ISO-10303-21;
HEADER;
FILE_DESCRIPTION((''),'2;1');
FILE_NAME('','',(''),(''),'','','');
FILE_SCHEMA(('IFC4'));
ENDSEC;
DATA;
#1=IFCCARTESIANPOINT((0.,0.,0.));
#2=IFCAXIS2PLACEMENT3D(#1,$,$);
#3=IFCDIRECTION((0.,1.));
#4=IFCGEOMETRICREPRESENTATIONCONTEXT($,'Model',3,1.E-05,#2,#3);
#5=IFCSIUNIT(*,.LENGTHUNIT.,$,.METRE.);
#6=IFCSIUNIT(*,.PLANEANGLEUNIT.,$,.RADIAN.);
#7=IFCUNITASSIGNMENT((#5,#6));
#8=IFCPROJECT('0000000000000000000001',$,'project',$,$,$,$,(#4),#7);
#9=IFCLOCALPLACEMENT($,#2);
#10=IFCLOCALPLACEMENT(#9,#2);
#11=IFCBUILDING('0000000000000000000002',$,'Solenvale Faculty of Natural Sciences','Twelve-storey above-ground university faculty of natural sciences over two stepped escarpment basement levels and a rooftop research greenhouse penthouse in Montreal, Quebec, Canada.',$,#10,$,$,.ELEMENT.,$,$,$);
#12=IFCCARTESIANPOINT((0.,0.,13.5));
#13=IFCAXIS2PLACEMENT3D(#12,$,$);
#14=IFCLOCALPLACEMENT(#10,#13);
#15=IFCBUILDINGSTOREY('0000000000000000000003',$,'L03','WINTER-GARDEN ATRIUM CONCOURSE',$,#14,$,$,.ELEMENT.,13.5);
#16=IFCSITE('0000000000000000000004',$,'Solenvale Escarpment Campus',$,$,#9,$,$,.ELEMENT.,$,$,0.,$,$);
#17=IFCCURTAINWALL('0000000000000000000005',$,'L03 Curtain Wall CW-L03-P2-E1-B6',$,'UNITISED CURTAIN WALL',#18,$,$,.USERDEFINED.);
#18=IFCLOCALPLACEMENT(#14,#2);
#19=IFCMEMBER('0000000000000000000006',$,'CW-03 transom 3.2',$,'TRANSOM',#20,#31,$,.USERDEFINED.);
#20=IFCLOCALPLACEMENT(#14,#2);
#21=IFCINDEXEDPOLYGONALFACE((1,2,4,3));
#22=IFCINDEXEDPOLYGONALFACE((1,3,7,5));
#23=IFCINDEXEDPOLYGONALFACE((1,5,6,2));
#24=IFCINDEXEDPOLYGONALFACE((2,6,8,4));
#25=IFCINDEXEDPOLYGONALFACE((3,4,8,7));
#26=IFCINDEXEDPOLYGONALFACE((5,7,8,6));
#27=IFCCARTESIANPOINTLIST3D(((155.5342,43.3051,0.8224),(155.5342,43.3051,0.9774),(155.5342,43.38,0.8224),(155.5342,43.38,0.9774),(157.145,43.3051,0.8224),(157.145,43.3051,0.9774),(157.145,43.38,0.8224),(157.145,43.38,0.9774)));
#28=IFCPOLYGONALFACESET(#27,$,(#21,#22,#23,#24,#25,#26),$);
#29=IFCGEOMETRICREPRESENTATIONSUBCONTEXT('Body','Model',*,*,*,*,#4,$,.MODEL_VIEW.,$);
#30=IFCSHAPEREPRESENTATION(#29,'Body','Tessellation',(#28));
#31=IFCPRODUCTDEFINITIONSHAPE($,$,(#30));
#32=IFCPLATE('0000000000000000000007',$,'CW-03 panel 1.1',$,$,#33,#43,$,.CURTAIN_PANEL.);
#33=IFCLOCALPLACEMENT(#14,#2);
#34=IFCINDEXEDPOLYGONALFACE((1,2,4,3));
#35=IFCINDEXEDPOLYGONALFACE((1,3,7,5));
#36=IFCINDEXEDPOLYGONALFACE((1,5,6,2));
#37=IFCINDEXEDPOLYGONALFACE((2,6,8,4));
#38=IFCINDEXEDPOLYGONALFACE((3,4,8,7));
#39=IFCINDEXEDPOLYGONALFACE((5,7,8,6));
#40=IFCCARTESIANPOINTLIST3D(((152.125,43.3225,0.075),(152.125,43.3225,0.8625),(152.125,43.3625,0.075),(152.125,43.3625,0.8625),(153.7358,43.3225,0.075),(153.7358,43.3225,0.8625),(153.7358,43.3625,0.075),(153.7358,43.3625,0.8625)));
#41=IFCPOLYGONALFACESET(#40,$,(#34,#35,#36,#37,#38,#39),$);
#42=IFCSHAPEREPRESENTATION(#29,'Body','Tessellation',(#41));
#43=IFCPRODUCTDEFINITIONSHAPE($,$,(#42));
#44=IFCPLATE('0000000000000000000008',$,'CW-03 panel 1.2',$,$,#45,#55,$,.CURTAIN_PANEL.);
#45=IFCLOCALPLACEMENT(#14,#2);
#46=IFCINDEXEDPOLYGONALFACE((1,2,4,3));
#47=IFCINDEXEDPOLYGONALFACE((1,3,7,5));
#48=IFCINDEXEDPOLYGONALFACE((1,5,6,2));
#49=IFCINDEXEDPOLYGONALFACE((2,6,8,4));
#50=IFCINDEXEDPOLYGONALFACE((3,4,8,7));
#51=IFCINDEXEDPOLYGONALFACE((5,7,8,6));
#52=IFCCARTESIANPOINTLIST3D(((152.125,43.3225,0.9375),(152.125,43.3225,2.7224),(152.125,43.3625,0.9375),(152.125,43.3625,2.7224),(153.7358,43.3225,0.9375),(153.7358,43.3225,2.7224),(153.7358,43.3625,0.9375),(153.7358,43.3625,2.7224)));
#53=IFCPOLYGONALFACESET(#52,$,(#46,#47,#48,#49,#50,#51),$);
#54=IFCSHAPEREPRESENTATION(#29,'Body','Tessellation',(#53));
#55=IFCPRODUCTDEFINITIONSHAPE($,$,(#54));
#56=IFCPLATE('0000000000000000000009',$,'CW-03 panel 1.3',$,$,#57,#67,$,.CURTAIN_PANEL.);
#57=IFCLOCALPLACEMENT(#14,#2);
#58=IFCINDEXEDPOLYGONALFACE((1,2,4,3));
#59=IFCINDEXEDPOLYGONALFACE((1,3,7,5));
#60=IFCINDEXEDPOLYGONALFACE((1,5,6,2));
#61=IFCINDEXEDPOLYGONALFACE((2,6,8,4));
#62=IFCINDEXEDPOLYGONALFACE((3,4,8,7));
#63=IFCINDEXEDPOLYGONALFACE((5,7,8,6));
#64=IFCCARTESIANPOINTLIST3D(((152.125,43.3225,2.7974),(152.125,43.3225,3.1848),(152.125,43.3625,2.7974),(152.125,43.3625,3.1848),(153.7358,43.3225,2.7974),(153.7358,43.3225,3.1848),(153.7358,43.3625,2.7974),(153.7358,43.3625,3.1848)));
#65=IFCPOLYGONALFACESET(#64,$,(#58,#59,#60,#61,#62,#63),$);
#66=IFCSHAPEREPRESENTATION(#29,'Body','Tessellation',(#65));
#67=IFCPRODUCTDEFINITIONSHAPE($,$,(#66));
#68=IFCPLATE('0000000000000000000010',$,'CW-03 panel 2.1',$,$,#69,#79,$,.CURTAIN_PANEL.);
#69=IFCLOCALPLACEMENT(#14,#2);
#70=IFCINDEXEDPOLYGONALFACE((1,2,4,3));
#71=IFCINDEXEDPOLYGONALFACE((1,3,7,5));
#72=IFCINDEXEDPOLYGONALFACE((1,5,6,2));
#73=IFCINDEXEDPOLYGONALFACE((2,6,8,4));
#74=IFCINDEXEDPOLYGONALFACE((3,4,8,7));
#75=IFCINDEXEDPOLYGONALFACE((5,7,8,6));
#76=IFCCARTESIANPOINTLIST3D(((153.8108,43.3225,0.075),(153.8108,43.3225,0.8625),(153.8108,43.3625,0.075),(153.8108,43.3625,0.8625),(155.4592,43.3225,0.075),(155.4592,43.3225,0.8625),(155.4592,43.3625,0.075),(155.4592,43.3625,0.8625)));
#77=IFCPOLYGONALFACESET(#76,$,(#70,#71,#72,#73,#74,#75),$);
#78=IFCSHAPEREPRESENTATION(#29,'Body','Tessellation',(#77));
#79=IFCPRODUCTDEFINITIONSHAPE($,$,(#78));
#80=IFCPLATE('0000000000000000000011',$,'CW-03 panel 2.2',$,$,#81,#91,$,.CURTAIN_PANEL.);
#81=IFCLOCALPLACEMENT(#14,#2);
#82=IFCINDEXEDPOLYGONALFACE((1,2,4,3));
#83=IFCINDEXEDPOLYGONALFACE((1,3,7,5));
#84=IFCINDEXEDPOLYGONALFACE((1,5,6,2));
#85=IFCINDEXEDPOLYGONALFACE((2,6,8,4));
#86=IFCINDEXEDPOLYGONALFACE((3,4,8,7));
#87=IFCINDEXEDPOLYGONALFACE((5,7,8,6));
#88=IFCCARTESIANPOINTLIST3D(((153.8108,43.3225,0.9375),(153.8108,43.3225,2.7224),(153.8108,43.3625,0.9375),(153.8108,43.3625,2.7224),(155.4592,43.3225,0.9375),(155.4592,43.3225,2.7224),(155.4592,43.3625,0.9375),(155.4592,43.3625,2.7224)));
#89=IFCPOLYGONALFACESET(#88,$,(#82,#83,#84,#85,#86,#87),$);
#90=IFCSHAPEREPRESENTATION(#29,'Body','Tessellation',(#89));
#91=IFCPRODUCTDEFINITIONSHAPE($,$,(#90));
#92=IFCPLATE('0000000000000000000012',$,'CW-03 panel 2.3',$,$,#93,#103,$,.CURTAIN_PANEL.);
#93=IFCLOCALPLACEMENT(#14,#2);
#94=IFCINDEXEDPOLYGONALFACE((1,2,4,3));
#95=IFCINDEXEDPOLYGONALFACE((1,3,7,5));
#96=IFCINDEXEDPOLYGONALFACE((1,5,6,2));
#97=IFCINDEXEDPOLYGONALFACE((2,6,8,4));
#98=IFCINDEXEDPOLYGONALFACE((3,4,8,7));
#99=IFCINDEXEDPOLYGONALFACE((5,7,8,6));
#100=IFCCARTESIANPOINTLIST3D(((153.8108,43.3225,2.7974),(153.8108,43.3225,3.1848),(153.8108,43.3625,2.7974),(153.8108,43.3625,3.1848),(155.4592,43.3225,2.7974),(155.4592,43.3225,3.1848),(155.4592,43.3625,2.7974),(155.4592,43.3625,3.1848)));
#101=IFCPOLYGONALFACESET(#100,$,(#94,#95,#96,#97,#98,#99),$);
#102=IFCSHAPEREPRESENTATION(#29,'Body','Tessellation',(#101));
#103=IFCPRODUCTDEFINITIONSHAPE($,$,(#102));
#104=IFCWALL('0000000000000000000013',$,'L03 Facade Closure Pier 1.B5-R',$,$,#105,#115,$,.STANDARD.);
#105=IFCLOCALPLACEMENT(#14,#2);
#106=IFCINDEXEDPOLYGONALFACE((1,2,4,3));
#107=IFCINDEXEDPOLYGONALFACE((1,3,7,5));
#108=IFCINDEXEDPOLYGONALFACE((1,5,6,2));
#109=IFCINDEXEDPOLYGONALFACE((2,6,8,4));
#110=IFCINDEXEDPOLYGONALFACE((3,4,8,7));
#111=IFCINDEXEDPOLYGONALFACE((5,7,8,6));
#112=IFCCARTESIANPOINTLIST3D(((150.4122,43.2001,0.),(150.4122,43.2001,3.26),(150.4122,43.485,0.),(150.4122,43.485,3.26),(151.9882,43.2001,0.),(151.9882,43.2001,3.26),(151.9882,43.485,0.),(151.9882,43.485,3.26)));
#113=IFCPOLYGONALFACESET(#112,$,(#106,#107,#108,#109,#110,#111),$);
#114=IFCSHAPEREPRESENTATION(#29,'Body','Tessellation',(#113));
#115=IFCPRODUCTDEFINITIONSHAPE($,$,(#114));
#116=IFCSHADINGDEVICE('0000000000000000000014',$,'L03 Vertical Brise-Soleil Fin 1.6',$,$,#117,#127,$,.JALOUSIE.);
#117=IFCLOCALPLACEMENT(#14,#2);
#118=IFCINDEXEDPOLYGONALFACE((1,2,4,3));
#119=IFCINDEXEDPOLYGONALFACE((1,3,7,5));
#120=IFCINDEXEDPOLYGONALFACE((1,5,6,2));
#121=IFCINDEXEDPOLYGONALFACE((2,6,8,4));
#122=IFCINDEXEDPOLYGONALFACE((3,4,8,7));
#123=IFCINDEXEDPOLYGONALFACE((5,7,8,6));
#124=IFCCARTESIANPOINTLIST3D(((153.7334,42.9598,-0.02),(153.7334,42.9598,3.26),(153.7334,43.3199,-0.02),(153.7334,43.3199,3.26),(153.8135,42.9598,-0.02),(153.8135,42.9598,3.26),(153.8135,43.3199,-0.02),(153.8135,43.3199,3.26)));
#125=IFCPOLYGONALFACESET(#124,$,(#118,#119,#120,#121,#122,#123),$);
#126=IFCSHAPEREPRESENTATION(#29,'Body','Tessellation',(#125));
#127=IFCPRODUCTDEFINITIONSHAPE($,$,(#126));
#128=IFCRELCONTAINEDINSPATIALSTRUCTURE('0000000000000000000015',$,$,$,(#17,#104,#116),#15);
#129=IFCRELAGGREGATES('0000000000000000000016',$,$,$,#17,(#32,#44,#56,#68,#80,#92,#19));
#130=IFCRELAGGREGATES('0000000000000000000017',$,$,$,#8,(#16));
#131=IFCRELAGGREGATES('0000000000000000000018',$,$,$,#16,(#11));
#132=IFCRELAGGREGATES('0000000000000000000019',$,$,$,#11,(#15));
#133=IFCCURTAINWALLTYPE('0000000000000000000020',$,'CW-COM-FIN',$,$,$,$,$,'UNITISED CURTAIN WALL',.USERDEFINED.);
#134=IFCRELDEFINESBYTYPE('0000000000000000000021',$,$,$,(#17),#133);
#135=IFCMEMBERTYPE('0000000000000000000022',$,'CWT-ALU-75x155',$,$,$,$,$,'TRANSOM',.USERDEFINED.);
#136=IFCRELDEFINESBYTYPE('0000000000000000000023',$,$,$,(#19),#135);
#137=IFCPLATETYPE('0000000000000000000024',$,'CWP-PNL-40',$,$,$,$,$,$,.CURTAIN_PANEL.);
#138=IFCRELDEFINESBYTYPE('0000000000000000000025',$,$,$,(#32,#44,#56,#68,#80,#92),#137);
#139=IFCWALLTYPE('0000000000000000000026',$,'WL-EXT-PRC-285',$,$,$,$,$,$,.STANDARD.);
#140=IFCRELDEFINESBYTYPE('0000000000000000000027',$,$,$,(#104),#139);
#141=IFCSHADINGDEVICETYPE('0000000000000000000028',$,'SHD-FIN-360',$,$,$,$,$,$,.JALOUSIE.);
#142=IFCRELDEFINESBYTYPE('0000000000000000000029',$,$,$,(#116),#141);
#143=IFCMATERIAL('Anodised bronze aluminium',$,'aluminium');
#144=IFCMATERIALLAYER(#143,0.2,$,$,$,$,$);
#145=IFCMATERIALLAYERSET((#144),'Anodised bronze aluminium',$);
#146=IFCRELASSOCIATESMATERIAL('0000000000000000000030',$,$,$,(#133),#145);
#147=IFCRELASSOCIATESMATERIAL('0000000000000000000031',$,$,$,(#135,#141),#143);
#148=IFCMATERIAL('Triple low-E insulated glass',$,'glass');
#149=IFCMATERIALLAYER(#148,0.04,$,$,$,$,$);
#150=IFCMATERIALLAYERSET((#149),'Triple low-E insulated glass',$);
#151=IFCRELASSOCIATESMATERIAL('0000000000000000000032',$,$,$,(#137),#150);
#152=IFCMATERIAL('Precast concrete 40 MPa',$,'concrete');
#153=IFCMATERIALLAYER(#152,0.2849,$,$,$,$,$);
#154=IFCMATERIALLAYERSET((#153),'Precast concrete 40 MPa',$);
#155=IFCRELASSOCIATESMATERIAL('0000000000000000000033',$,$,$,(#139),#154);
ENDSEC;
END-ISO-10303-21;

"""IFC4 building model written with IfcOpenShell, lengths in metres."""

from ifc_helpers import new_model, si_unit, direction, frame, frame_2d, origin, origin_2d, place, context, subcontext, project, spatial, rectangle, extrude, material, layer, layer_set, material_profile, profile_set, type_object, element, aggregate, save


model = new_model("IFC4")

# Units and contexts
model_context = context("Model", 3, precision=1e-05, world=origin(), true_north=direction((0.0, 1.0)))
body_context = subcontext(model_context, "Body", "Model", "MODEL_VIEW")
ifc_project = project(units=[si_unit("LENGTHUNIT", "METRE"), si_unit("PLANEANGLEUNIT", "RADIAN")], contexts=[model_context])

# Site, building, storey
site_placement = place(None, origin())
site = spatial("IfcSite", under=ifc_project, at=site_placement, Name="Solenvale Escarpment Campus", CompositionType="ELEMENT", RefElevation=0.0)
building_placement = place(site_placement, origin())
building = spatial("IfcBuilding", under=site, at=building_placement, Name="Solenvale Faculty of Natural Sciences", Description="Twelve-storey above-ground university faculty of natural sciences over two stepped escarpment basement levels and a rooftop research greenhouse penthouse in Montreal, Quebec, Canada.", CompositionType="ELEMENT")
storey_placement = place(building_placement, frame((0.0, 0.0, 13.5)))
storey = spatial("IfcBuildingStorey", under=building, at=storey_placement, Name="L03", Description="WINTER-GARDEN ATRIUM CONCOURSE", CompositionType="ELEMENT", Elevation=13.5)

# Shared definitions
ifc_material_1 = material(Name="Anodised bronze aluminium", Category="aluminium")
ifc_layer_1 = layer(ifc_material_1, 0.2)
ifc_layer_set_1 = layer_set([ifc_layer_1], Name="Anodised bronze aluminium")
curtain_wall_type = type_object("IfcCurtainWallType", Name="CW-COM-FIN", ElementType="UNITISED CURTAIN WALL", PredefinedType="USERDEFINED", material=ifc_layer_set_1)

# Curtain wall, member, plates
curtain_wall_1_placement = place(storey_placement, origin())
curtain_wall_1 = element("IfcCurtainWall", 1, at=curtain_wall_1_placement, inside=storey, type_object=curtain_wall_type, Name="L03 Curtain Wall CW-L03-P2-E1-B6", ObjectType="UNITISED CURTAIN WALL", PredefinedType="USERDEFINED")
ifc_material_profile_1 = material_profile(ifc_material_1, rectangle(XDim=0.075, YDim=0.155, at=origin_2d()), Name="ALU-TRN-75x155")
ifc_profile_set_1 = profile_set([ifc_material_profile_1], Name="Anodised bronze aluminium")
member_type_1 = type_object("IfcMemberType", Name="CWT-ALU-75x155", ElementType="TRANSOM", PredefinedType="USERDEFINED", material=ifc_profile_set_1)
member_1_placement = place(storey_placement, frame((155.5342, 43.3425, 0.8999), z_axis=(1.0, 0.0, 0.0), x_axis=(0.0, 1.0, 0.0)))
member_1 = element("IfcMember", 2, at=member_1_placement, type_object=member_type_1, Name="CW-03 transom 3.2", ObjectType="TRANSOM", PredefinedType="USERDEFINED", context=body_context, shape_type="SweptSolid", body=[
    extrude(rectangle(XDim=0.075, YDim=0.155, at=origin_2d()), origin(), (0.0, 0.0, 1.0), 1.6108),
])
ifc_material_2 = material(Name="Triple low-E insulated glass", Category="glass")
ifc_layer_2 = layer(ifc_material_2, 0.04)
ifc_layer_set_2 = layer_set([ifc_layer_2], Name="Triple low-E insulated glass")
plate_type = type_object("IfcPlateType", Name="CWP-PNL-40", PredefinedType="CURTAIN_PANEL", material=ifc_layer_set_2)
plate_1_placement = place(storey_placement, frame((152.9304, 43.3425, 0.075), z_axis=(0.0, 0.0, 1.0), x_axis=(1.0, 0.0, 0.0)))
plate_1 = element("IfcPlate", 3, at=plate_1_placement, type_object=plate_type, Name="CW-03 panel 1.1", PredefinedType="CURTAIN_PANEL", context=body_context, shape_type="SweptSolid", body=[
    extrude(rectangle(XDim=1.6108, YDim=0.04, at=origin_2d()), origin(), (0.0, 0.0, 1.0), 0.7876),
])
plate_2_placement = place(storey_placement, frame((152.9304, 43.3425, 0.9375), z_axis=(0.0, 0.0, 1.0), x_axis=(1.0, 0.0, 0.0)))
plate_2 = element("IfcPlate", 4, at=plate_2_placement, type_object=plate_type, Name="CW-03 panel 1.2", PredefinedType="CURTAIN_PANEL", context=body_context, shape_type="SweptSolid", body=[
    extrude(rectangle(XDim=1.6108, YDim=0.04, at=origin_2d()), origin(), (0.0, 0.0, 1.0), 1.7849),
])
plate_3_placement = place(storey_placement, frame((152.9304, 43.3425, 2.7974), z_axis=(0.0, 0.0, 1.0), x_axis=(1.0, 0.0, 0.0)))
plate_3 = element("IfcPlate", 5, at=plate_3_placement, type_object=plate_type, Name="CW-03 panel 1.3", PredefinedType="CURTAIN_PANEL", context=body_context, shape_type="SweptSolid", body=[
    extrude(rectangle(XDim=1.6108, YDim=0.04, at=origin_2d()), origin(), (0.0, 0.0, 1.0), 0.3875),
])
plate_4_placement = place(storey_placement, frame((154.635, 43.3425, 0.075), z_axis=(0.0, 0.0, 1.0), x_axis=(1.0, 0.0, 0.0)))
plate_4 = element("IfcPlate", 6, at=plate_4_placement, type_object=plate_type, Name="CW-03 panel 2.1", PredefinedType="CURTAIN_PANEL", context=body_context, shape_type="SweptSolid", body=[
    extrude(rectangle(XDim=1.6484, YDim=0.04, at=origin_2d()), origin(), (0.0, 0.0, 1.0), 0.7876),
])
plate_5_placement = place(storey_placement, frame((154.635, 43.3425, 0.9375), z_axis=(0.0, 0.0, 1.0), x_axis=(1.0, 0.0, 0.0)))
plate_5 = element("IfcPlate", 7, at=plate_5_placement, type_object=plate_type, Name="CW-03 panel 2.2", PredefinedType="CURTAIN_PANEL", context=body_context, shape_type="SweptSolid", body=[
    extrude(rectangle(XDim=1.6484, YDim=0.04, at=origin_2d()), origin(), (0.0, 0.0, 1.0), 1.7849),
])
plate_6_placement = place(storey_placement, frame((154.635, 43.3425, 2.7974), z_axis=(0.0, 0.0, 1.0), x_axis=(1.0, 0.0, 0.0)))
plate_6 = element("IfcPlate", 8, at=plate_6_placement, type_object=plate_type, Name="CW-03 panel 2.3", PredefinedType="CURTAIN_PANEL", context=body_context, shape_type="SweptSolid", body=[
    extrude(rectangle(XDim=1.6484, YDim=0.04, at=origin_2d()), origin(), (0.0, 0.0, 1.0), 0.3875),
])
aggregate(curtain_wall_1, [plate_1, plate_2, plate_3, plate_4, plate_5, plate_6, member_1])

# Wall
ifc_material_3 = material(Name="Precast concrete 40 MPa", Category="concrete")
ifc_layer_3 = layer(ifc_material_3, 0.2849)
ifc_layer_set_3 = layer_set([ifc_layer_3], Name="Precast concrete 40 MPa")
wall_type = type_object("IfcWallType", Name="WL-EXT-PRC-285", PredefinedType="STANDARD", material=ifc_layer_set_3)
wall_placement = place(storey_placement, frame((150.4121, 43.3425, 0.0), z_axis=(0.0, 0.0, 1.0), x_axis=(1.0, 0.0, 0.0)))
element("IfcWall", 9, at=wall_placement, inside=storey, type_object=wall_type, Name="L03 Facade Closure Pier 1.B5-R", PredefinedType="STANDARD", context=body_context, shape_type="SweptSolid", body=[
    extrude(rectangle(XDim=1.5759, YDim=0.2849, at=frame_2d((0.7881, 0.0))), origin(), (0.0, 0.0, 1.0), 3.26),
])

# Shading device
ifc_material_profile_2 = material_profile(ifc_material_1, rectangle(XDim=0.0801, YDim=0.3601, at=origin_2d()), Name="ALU-FIN-80x360")
ifc_profile_set_2 = profile_set([ifc_material_profile_2], Name="Anodised bronze aluminium")
shading_device_type = type_object("IfcShadingDeviceType", Name="SHD-FIN-360", PredefinedType="JALOUSIE", material=ifc_profile_set_2)
shading_device_placement = place(storey_placement, frame((153.7734, 43.1399, -0.02), z_axis=(0.0, 0.0, 1.0), x_axis=(1.0, 0.0, 0.0)))
element("IfcShadingDevice", 10, at=shading_device_placement, inside=storey, type_object=shading_device_type, Name="L03 Vertical Brise-Soleil Fin 1.6", PredefinedType="JALOUSIE", context=body_context, shape_type="SweptSolid", body=[
    extrude(rectangle(XDim=0.0801, YDim=0.3601, at=origin_2d()), origin(), (0.0, 0.0, 1.0), 3.28),
])

save(model, "model.ifc")
